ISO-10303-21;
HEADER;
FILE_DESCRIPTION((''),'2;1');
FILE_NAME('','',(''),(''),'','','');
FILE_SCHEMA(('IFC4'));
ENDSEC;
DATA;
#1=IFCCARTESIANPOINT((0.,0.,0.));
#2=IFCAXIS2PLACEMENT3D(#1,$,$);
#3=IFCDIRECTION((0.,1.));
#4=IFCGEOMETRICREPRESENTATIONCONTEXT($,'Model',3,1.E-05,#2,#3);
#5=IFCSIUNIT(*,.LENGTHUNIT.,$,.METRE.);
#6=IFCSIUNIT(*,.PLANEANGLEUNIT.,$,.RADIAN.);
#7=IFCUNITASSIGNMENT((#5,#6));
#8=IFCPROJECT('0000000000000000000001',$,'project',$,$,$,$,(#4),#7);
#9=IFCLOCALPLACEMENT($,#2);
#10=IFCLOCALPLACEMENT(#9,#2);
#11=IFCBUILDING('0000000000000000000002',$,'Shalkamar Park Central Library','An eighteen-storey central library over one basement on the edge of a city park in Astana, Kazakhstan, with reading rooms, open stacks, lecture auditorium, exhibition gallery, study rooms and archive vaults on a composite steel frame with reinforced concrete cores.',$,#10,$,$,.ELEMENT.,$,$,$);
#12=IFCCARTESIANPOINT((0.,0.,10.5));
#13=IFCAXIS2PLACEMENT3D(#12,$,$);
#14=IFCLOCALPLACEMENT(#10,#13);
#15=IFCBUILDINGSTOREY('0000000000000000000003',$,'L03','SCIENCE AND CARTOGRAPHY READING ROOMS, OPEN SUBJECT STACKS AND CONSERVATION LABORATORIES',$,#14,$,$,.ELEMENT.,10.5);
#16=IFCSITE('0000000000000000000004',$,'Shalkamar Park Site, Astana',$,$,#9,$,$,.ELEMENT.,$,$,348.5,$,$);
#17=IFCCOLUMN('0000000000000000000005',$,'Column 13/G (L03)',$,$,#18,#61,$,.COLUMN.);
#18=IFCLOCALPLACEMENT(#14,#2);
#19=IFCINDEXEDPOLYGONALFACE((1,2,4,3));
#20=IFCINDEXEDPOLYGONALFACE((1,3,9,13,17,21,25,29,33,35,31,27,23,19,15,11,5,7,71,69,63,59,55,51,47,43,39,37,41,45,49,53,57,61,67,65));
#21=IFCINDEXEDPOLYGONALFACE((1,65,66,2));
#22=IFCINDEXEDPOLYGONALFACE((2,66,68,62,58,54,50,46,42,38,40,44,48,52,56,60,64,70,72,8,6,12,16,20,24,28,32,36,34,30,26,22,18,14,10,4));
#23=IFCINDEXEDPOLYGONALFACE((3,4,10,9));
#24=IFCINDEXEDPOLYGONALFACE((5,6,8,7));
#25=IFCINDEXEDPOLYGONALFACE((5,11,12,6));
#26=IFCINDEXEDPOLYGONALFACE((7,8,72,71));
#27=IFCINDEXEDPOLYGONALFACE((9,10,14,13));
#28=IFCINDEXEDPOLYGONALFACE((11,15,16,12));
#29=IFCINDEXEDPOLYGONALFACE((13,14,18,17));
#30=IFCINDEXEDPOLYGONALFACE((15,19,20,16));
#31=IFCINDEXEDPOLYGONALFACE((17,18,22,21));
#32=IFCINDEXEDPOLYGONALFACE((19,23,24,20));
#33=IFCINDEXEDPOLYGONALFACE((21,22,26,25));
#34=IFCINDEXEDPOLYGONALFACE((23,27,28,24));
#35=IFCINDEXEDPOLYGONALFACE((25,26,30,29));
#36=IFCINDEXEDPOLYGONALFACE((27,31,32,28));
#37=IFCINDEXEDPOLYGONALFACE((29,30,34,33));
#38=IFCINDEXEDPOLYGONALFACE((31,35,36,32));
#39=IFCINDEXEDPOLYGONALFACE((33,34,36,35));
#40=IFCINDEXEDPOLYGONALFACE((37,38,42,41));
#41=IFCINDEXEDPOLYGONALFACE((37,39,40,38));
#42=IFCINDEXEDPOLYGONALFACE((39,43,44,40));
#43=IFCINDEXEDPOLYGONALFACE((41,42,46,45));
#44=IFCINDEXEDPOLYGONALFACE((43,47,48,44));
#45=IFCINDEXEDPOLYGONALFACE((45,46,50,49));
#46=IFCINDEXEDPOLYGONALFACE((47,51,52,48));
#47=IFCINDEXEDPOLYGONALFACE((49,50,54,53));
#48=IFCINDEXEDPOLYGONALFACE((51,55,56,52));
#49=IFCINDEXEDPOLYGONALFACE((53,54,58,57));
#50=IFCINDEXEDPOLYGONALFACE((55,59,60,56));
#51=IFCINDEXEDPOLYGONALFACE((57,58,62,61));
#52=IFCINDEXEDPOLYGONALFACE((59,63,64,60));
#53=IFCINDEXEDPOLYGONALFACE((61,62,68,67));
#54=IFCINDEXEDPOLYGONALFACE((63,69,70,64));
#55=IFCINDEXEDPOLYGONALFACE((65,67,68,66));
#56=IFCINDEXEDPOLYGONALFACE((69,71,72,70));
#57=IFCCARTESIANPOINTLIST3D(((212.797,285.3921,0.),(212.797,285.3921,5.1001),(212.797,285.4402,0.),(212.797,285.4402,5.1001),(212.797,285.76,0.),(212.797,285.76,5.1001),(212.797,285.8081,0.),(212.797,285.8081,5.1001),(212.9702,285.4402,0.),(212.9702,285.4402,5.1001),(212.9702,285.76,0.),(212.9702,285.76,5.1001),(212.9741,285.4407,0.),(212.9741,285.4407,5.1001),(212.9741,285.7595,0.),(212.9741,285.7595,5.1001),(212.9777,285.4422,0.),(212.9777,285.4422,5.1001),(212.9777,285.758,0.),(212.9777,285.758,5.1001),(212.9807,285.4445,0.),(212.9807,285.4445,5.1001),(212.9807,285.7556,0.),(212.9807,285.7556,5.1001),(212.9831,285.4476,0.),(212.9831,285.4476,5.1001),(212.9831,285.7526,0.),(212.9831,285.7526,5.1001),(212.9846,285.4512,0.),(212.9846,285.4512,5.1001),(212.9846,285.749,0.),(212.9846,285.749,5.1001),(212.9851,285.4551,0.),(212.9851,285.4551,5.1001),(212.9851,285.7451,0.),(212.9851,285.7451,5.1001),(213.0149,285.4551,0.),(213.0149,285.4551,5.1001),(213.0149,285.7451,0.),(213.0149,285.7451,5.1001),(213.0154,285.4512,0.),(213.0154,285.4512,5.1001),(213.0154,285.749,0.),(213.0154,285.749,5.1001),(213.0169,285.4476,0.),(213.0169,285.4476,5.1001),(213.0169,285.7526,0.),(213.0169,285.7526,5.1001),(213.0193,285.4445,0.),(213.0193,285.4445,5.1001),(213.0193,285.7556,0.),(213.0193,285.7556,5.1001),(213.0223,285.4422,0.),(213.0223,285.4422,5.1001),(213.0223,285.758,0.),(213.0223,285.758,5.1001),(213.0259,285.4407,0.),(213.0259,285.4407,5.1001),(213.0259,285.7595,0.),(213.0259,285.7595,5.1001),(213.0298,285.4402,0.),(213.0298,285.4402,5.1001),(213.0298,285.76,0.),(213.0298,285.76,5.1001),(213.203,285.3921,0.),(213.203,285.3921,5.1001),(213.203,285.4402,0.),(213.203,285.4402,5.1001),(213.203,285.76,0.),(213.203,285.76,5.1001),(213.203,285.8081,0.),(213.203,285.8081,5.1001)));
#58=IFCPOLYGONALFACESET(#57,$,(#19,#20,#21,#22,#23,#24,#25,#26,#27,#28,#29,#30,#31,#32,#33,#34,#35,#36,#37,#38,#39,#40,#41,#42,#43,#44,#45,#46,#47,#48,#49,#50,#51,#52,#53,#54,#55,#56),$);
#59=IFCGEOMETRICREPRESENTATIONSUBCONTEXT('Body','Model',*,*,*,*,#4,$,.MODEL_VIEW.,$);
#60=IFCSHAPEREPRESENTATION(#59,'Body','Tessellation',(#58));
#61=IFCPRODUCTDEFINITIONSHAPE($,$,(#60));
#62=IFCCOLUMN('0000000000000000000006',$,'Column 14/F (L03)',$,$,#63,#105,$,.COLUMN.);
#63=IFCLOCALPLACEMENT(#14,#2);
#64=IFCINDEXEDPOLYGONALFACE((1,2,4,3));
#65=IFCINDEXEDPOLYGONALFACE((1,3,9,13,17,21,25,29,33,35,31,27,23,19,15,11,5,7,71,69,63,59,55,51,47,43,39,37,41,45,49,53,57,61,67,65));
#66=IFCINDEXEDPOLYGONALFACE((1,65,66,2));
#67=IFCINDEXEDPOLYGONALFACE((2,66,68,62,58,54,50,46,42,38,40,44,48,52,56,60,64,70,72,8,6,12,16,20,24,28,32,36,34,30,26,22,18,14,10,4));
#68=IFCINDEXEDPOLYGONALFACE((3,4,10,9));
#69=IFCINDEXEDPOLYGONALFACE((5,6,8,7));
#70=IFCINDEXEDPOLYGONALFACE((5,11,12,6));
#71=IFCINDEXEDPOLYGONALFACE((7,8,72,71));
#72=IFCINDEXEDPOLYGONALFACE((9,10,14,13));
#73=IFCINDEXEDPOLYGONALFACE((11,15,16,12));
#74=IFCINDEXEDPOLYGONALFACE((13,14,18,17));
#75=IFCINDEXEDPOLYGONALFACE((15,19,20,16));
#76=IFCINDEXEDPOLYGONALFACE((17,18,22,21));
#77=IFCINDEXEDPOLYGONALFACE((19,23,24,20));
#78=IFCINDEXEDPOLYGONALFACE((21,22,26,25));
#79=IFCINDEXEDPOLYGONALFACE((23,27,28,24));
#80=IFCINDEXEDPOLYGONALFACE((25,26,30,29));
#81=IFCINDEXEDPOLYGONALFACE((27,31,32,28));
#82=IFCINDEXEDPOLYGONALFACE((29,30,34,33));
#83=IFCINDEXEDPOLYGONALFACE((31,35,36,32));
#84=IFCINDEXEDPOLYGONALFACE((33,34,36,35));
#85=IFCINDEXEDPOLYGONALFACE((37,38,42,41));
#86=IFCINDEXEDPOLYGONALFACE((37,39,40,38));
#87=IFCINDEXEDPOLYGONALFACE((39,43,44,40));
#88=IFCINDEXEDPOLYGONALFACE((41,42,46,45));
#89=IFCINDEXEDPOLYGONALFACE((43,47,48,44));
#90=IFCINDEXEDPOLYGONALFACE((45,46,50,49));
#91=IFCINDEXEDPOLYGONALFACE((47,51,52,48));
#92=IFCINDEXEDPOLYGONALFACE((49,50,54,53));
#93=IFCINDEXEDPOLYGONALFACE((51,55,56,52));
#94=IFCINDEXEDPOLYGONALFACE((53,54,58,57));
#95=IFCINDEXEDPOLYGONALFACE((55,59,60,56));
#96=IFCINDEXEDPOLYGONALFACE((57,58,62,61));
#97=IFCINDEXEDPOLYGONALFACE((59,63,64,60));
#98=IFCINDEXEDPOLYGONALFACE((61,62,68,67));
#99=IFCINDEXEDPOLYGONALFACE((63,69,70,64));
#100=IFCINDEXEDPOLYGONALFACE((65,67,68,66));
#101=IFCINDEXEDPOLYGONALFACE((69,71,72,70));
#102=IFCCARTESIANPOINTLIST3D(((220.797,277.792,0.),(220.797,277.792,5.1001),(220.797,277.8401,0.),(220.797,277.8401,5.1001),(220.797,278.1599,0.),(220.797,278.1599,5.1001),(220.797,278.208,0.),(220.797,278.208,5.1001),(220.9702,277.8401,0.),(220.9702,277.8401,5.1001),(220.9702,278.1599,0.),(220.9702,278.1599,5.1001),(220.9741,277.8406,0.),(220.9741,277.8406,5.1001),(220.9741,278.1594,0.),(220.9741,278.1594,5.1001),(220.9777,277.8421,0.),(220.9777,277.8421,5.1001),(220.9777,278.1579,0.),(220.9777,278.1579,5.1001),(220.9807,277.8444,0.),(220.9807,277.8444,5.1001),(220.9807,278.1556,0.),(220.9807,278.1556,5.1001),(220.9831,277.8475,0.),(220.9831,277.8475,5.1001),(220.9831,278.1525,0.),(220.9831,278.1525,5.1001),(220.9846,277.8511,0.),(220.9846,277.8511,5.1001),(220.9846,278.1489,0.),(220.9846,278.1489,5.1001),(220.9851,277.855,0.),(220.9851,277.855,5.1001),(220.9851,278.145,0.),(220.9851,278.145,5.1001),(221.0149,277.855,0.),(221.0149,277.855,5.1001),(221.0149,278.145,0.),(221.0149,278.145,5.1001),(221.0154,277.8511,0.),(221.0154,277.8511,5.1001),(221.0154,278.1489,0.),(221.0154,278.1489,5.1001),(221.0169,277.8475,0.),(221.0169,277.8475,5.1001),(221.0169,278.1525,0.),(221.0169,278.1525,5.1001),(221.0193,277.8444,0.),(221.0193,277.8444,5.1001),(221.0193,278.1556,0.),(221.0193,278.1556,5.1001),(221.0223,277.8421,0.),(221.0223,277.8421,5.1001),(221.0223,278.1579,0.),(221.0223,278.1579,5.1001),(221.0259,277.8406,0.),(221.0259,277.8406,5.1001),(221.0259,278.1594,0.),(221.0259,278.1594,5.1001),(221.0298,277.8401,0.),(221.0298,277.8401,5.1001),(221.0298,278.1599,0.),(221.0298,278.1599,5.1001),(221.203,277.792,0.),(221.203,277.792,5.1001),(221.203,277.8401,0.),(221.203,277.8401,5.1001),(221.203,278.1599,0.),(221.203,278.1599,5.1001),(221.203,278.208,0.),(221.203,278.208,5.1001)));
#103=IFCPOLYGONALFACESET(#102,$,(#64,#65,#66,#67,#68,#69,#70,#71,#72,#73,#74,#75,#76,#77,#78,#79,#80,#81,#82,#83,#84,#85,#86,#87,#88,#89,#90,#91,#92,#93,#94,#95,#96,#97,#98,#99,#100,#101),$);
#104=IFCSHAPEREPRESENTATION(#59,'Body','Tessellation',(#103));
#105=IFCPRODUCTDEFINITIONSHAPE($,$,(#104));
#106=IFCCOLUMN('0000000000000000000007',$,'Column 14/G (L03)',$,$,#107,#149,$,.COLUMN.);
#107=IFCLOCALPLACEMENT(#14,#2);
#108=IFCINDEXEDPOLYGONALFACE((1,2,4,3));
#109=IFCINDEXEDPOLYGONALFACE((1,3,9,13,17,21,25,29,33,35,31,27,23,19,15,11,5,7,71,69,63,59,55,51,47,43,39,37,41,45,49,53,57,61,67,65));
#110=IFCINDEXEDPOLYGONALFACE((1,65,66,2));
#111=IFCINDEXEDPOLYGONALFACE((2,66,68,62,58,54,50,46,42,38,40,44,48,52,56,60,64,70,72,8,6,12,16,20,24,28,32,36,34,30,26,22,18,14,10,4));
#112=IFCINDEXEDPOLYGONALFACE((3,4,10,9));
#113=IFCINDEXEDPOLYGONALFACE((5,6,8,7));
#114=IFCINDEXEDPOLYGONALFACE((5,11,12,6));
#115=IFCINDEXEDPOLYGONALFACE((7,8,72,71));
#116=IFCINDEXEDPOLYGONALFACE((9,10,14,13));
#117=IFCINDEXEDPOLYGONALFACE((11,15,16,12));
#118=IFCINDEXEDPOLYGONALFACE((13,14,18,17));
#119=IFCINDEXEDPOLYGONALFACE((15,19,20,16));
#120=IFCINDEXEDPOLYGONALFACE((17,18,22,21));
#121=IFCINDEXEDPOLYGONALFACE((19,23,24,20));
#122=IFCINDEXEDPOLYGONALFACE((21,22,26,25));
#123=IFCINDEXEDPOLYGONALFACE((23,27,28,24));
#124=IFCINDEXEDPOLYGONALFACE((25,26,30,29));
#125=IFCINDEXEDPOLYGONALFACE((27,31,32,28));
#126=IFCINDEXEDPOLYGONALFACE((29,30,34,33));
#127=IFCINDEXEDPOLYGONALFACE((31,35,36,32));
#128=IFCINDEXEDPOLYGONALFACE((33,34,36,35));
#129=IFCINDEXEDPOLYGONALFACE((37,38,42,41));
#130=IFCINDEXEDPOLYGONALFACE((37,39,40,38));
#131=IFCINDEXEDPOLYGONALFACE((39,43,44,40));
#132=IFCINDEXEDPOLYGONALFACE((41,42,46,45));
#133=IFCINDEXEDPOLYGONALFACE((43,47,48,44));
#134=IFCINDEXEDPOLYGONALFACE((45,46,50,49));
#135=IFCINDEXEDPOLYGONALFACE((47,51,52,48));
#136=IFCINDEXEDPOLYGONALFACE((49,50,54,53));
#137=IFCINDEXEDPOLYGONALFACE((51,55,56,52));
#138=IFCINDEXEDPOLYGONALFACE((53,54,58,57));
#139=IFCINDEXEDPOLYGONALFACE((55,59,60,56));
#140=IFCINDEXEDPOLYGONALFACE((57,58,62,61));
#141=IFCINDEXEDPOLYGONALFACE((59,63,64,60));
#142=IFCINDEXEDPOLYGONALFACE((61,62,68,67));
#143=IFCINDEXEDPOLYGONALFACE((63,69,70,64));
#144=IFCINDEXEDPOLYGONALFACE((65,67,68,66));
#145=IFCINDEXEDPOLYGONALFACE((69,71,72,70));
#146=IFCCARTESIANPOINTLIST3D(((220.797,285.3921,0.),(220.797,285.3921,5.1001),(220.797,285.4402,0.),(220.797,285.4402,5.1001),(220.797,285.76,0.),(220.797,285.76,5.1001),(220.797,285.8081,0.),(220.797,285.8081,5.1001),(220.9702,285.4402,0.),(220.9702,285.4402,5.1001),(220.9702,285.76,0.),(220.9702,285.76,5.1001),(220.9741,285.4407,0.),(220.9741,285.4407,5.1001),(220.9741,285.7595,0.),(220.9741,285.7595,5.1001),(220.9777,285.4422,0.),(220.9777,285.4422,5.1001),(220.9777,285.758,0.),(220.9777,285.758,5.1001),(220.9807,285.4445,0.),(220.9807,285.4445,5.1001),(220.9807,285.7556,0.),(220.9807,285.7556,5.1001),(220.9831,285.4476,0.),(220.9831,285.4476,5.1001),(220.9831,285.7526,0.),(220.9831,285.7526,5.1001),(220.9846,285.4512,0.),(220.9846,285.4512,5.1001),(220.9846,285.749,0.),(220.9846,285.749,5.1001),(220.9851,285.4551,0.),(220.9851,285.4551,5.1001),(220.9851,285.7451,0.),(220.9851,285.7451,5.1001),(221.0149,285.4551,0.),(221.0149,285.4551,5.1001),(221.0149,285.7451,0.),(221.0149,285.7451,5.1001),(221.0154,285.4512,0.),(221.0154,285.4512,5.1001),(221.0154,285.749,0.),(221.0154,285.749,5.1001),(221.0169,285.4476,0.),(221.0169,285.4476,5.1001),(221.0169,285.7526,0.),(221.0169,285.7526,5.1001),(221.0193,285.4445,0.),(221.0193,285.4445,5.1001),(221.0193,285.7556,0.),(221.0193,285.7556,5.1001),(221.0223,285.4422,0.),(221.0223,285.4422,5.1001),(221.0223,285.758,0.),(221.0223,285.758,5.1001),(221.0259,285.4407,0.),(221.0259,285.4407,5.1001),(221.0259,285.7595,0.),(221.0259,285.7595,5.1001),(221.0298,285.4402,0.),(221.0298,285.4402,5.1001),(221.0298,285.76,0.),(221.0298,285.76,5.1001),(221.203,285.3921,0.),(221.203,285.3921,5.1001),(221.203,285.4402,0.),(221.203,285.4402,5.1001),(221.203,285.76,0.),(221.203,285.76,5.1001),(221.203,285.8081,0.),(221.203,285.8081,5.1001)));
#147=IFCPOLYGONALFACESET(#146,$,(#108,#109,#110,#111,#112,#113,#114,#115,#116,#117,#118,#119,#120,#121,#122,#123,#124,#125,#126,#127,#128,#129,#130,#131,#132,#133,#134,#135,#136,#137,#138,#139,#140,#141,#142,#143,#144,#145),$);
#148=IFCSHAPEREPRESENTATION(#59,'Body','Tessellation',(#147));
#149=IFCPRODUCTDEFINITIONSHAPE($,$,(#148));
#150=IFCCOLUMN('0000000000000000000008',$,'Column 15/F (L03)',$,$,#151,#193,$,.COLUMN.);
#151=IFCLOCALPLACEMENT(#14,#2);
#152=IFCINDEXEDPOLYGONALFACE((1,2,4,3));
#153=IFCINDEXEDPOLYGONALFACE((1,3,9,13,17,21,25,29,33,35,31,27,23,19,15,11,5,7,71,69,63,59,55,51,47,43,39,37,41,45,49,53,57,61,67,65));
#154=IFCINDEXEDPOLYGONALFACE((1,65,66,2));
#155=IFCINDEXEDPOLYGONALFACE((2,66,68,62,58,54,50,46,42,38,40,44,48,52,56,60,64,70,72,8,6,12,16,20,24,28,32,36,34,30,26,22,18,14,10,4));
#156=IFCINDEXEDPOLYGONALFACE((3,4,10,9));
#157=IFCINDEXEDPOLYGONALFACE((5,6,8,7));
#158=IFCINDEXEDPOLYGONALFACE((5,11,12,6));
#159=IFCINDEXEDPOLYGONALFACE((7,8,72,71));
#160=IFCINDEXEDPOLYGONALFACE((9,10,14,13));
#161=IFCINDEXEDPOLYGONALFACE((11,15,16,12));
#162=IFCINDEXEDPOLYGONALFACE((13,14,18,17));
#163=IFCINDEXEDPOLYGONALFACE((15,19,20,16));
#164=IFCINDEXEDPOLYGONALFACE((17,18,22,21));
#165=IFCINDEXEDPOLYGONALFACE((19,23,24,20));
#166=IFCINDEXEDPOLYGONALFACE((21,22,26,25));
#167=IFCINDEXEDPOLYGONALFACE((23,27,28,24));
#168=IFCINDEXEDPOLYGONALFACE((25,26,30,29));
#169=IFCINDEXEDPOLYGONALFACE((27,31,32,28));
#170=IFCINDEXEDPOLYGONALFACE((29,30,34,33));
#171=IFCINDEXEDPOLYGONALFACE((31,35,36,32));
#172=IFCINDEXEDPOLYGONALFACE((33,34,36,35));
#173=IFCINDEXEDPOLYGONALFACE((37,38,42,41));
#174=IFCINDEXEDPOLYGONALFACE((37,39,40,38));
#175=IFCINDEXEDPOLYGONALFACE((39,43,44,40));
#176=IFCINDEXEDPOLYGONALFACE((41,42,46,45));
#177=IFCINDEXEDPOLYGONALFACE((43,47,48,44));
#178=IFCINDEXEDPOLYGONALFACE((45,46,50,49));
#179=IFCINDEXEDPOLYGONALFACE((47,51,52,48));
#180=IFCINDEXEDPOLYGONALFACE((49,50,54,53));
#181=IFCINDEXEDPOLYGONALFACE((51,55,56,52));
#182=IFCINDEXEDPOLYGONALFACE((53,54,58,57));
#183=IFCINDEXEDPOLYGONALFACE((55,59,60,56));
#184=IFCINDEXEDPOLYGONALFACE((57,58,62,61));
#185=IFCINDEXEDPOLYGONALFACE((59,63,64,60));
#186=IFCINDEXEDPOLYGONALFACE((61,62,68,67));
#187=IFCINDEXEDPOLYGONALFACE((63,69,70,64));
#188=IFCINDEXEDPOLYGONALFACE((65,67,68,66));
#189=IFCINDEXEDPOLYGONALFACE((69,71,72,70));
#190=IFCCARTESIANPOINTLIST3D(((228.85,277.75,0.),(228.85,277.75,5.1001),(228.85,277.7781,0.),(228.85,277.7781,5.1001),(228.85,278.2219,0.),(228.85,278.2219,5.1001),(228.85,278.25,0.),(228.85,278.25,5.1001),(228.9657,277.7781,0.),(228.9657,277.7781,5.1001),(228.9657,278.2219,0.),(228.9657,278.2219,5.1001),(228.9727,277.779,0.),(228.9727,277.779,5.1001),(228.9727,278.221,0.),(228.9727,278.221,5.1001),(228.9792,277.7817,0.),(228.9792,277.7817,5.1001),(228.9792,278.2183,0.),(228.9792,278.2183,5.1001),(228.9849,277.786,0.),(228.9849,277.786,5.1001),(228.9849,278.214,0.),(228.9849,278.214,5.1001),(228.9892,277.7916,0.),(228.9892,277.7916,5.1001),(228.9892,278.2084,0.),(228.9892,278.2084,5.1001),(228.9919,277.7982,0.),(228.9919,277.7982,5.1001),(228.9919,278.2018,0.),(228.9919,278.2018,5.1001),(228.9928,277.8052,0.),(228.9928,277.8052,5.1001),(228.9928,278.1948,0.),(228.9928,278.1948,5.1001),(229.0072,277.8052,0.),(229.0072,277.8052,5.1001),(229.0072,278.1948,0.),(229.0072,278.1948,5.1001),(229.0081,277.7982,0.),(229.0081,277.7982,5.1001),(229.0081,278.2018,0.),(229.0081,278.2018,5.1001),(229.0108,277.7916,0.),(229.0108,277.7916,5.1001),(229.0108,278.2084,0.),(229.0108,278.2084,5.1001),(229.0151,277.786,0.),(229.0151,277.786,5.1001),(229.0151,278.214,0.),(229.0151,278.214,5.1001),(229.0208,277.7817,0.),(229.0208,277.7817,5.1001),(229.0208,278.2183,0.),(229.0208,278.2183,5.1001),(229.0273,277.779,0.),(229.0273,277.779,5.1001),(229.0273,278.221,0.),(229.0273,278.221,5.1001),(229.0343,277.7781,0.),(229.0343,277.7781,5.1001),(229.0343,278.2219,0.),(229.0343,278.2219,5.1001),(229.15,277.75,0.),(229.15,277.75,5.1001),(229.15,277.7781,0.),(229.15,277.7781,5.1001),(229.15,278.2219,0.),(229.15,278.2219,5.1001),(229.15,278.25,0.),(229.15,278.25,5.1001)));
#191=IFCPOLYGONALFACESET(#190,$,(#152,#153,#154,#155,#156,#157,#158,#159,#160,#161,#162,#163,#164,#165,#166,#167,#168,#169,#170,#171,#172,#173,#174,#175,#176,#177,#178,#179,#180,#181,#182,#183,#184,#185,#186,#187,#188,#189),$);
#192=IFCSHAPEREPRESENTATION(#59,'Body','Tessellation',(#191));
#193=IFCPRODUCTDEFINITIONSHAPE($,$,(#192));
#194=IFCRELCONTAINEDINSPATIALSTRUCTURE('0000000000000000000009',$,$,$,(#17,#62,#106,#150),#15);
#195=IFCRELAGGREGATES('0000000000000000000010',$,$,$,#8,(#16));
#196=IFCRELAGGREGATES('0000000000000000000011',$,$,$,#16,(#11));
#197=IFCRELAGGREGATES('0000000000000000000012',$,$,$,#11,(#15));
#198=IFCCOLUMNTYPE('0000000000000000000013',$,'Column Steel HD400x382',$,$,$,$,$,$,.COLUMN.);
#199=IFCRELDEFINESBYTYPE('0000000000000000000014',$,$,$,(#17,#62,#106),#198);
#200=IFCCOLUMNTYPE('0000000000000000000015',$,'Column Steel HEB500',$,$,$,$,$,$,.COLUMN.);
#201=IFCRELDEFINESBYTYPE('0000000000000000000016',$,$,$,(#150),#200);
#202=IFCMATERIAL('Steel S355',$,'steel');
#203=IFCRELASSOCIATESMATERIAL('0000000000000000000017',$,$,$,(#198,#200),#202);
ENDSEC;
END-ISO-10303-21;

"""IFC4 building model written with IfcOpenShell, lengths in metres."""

from ifc_helpers import new_model, si_unit, direction, frame, origin, origin_2d, place, context, subcontext, project, spatial, i_section, extrude, material, material_profile, profile_set, type_object, element, save


model = new_model("IFC4")

# Units and contexts
model_context = context("Model", 3, precision=1e-05, world=origin(), true_north=direction((0.0, 1.0)))
body_context = subcontext(model_context, "Body", "Model", "MODEL_VIEW")
ifc_project = project(units=[si_unit("LENGTHUNIT", "METRE"), si_unit("PLANEANGLEUNIT", "RADIAN")], contexts=[model_context])

# Site, building, storey
site_placement = place(None, origin())
site = spatial("IfcSite", under=ifc_project, at=site_placement, Name="Shalkamar Park Site, Astana", CompositionType="ELEMENT", RefElevation=348.5)
building_placement = place(site_placement, origin())
building = spatial("IfcBuilding", under=site, at=building_placement, Name="Shalkamar Park Central Library", Description="An eighteen-storey central library over one basement on the edge of a city park in Astana, Kazakhstan, with reading rooms, open stacks, lecture auditorium, exhibition gallery, study rooms and archive vaults on a composite steel frame with reinforced concrete cores.", CompositionType="ELEMENT")
storey_placement = place(building_placement, frame((0.0, 0.0, 10.5)))
storey = spatial("IfcBuildingStorey", under=building, at=storey_placement, Name="L03", Description="SCIENCE AND CARTOGRAPHY READING ROOMS, OPEN SUBJECT STACKS AND CONSERVATION LABORATORIES", CompositionType="ELEMENT", Elevation=10.5)

# Columns
ifc_material = material(Name="Steel S355", Category="steel")
ifc_material_profile_1 = material_profile(ifc_material, i_section(OverallWidth=0.406, OverallDepth=0.416, WebThickness=0.0298, FlangeThickness=0.0481, FilletRadius=0.0149, at=origin_2d()), Name="HD 400x382")
ifc_profile_set_1 = profile_set([ifc_material_profile_1], Name="Steel S355")
column_type_1 = type_object("IfcColumnType", Name="Column Steel HD400x382", PredefinedType="COLUMN", material=ifc_profile_set_1)
for number, where, z_axis, x_axis, name in (
    (1, (213.0, 285.6001, 0.0), (0.0, 0.0, 1.0), (1.0, 0.0, 0.0), "Column 13/G (L03)"),
    (2, (221.0, 278.0, 0.0), (0.0, 0.0, 1.0), (1.0, 0.0, 0.0), "Column 14/F (L03)"),
    (3, (221.0, 285.6001, 0.0), (0.0, 0.0, 1.0), (1.0, 0.0, 0.0), "Column 14/G (L03)"),
):
    element("IfcColumn", number, at=place(storey_placement, frame(where, z_axis=z_axis, x_axis=x_axis)), inside=storey, type_object=column_type_1, Name=name, PredefinedType="COLUMN", context=body_context, shape_type="SweptSolid", body=[
        extrude(i_section(OverallWidth=0.406, OverallDepth=0.416, WebThickness=0.0298, FlangeThickness=0.0481, FilletRadius=0.0149, at=origin_2d()), origin(), (0.0, 0.0, 1.0), 5.1001),
    ])
ifc_material_profile_2 = material_profile(ifc_material, i_section(OverallWidth=0.3, OverallDepth=0.5, WebThickness=0.0144, FlangeThickness=0.0281, FilletRadius=0.0271, at=origin_2d()), Name="HEB 500")
ifc_profile_set_2 = profile_set([ifc_material_profile_2], Name="Steel S355")
column_type_2 = type_object("IfcColumnType", Name="Column Steel HEB500", PredefinedType="COLUMN", material=ifc_profile_set_2)
for number, where, z_axis, x_axis, name in (
    (4, (229.0, 278.0, 0.0), (0.0, 0.0, 1.0), (1.0, 0.0, 0.0), "Column 15/F (L03)"),
):
    element("IfcColumn", number, at=place(storey_placement, frame(where, z_axis=z_axis, x_axis=x_axis)), inside=storey, type_object=column_type_2, Name=name, PredefinedType="COLUMN", context=body_context, shape_type="SweptSolid", body=[
        extrude(i_section(OverallWidth=0.3, OverallDepth=0.5, WebThickness=0.0144, FlangeThickness=0.0281, FilletRadius=0.0271, at=origin_2d()), origin(), (0.0, 0.0, 1.0), 5.1001),
    ])

save(model, "model.ifc")
